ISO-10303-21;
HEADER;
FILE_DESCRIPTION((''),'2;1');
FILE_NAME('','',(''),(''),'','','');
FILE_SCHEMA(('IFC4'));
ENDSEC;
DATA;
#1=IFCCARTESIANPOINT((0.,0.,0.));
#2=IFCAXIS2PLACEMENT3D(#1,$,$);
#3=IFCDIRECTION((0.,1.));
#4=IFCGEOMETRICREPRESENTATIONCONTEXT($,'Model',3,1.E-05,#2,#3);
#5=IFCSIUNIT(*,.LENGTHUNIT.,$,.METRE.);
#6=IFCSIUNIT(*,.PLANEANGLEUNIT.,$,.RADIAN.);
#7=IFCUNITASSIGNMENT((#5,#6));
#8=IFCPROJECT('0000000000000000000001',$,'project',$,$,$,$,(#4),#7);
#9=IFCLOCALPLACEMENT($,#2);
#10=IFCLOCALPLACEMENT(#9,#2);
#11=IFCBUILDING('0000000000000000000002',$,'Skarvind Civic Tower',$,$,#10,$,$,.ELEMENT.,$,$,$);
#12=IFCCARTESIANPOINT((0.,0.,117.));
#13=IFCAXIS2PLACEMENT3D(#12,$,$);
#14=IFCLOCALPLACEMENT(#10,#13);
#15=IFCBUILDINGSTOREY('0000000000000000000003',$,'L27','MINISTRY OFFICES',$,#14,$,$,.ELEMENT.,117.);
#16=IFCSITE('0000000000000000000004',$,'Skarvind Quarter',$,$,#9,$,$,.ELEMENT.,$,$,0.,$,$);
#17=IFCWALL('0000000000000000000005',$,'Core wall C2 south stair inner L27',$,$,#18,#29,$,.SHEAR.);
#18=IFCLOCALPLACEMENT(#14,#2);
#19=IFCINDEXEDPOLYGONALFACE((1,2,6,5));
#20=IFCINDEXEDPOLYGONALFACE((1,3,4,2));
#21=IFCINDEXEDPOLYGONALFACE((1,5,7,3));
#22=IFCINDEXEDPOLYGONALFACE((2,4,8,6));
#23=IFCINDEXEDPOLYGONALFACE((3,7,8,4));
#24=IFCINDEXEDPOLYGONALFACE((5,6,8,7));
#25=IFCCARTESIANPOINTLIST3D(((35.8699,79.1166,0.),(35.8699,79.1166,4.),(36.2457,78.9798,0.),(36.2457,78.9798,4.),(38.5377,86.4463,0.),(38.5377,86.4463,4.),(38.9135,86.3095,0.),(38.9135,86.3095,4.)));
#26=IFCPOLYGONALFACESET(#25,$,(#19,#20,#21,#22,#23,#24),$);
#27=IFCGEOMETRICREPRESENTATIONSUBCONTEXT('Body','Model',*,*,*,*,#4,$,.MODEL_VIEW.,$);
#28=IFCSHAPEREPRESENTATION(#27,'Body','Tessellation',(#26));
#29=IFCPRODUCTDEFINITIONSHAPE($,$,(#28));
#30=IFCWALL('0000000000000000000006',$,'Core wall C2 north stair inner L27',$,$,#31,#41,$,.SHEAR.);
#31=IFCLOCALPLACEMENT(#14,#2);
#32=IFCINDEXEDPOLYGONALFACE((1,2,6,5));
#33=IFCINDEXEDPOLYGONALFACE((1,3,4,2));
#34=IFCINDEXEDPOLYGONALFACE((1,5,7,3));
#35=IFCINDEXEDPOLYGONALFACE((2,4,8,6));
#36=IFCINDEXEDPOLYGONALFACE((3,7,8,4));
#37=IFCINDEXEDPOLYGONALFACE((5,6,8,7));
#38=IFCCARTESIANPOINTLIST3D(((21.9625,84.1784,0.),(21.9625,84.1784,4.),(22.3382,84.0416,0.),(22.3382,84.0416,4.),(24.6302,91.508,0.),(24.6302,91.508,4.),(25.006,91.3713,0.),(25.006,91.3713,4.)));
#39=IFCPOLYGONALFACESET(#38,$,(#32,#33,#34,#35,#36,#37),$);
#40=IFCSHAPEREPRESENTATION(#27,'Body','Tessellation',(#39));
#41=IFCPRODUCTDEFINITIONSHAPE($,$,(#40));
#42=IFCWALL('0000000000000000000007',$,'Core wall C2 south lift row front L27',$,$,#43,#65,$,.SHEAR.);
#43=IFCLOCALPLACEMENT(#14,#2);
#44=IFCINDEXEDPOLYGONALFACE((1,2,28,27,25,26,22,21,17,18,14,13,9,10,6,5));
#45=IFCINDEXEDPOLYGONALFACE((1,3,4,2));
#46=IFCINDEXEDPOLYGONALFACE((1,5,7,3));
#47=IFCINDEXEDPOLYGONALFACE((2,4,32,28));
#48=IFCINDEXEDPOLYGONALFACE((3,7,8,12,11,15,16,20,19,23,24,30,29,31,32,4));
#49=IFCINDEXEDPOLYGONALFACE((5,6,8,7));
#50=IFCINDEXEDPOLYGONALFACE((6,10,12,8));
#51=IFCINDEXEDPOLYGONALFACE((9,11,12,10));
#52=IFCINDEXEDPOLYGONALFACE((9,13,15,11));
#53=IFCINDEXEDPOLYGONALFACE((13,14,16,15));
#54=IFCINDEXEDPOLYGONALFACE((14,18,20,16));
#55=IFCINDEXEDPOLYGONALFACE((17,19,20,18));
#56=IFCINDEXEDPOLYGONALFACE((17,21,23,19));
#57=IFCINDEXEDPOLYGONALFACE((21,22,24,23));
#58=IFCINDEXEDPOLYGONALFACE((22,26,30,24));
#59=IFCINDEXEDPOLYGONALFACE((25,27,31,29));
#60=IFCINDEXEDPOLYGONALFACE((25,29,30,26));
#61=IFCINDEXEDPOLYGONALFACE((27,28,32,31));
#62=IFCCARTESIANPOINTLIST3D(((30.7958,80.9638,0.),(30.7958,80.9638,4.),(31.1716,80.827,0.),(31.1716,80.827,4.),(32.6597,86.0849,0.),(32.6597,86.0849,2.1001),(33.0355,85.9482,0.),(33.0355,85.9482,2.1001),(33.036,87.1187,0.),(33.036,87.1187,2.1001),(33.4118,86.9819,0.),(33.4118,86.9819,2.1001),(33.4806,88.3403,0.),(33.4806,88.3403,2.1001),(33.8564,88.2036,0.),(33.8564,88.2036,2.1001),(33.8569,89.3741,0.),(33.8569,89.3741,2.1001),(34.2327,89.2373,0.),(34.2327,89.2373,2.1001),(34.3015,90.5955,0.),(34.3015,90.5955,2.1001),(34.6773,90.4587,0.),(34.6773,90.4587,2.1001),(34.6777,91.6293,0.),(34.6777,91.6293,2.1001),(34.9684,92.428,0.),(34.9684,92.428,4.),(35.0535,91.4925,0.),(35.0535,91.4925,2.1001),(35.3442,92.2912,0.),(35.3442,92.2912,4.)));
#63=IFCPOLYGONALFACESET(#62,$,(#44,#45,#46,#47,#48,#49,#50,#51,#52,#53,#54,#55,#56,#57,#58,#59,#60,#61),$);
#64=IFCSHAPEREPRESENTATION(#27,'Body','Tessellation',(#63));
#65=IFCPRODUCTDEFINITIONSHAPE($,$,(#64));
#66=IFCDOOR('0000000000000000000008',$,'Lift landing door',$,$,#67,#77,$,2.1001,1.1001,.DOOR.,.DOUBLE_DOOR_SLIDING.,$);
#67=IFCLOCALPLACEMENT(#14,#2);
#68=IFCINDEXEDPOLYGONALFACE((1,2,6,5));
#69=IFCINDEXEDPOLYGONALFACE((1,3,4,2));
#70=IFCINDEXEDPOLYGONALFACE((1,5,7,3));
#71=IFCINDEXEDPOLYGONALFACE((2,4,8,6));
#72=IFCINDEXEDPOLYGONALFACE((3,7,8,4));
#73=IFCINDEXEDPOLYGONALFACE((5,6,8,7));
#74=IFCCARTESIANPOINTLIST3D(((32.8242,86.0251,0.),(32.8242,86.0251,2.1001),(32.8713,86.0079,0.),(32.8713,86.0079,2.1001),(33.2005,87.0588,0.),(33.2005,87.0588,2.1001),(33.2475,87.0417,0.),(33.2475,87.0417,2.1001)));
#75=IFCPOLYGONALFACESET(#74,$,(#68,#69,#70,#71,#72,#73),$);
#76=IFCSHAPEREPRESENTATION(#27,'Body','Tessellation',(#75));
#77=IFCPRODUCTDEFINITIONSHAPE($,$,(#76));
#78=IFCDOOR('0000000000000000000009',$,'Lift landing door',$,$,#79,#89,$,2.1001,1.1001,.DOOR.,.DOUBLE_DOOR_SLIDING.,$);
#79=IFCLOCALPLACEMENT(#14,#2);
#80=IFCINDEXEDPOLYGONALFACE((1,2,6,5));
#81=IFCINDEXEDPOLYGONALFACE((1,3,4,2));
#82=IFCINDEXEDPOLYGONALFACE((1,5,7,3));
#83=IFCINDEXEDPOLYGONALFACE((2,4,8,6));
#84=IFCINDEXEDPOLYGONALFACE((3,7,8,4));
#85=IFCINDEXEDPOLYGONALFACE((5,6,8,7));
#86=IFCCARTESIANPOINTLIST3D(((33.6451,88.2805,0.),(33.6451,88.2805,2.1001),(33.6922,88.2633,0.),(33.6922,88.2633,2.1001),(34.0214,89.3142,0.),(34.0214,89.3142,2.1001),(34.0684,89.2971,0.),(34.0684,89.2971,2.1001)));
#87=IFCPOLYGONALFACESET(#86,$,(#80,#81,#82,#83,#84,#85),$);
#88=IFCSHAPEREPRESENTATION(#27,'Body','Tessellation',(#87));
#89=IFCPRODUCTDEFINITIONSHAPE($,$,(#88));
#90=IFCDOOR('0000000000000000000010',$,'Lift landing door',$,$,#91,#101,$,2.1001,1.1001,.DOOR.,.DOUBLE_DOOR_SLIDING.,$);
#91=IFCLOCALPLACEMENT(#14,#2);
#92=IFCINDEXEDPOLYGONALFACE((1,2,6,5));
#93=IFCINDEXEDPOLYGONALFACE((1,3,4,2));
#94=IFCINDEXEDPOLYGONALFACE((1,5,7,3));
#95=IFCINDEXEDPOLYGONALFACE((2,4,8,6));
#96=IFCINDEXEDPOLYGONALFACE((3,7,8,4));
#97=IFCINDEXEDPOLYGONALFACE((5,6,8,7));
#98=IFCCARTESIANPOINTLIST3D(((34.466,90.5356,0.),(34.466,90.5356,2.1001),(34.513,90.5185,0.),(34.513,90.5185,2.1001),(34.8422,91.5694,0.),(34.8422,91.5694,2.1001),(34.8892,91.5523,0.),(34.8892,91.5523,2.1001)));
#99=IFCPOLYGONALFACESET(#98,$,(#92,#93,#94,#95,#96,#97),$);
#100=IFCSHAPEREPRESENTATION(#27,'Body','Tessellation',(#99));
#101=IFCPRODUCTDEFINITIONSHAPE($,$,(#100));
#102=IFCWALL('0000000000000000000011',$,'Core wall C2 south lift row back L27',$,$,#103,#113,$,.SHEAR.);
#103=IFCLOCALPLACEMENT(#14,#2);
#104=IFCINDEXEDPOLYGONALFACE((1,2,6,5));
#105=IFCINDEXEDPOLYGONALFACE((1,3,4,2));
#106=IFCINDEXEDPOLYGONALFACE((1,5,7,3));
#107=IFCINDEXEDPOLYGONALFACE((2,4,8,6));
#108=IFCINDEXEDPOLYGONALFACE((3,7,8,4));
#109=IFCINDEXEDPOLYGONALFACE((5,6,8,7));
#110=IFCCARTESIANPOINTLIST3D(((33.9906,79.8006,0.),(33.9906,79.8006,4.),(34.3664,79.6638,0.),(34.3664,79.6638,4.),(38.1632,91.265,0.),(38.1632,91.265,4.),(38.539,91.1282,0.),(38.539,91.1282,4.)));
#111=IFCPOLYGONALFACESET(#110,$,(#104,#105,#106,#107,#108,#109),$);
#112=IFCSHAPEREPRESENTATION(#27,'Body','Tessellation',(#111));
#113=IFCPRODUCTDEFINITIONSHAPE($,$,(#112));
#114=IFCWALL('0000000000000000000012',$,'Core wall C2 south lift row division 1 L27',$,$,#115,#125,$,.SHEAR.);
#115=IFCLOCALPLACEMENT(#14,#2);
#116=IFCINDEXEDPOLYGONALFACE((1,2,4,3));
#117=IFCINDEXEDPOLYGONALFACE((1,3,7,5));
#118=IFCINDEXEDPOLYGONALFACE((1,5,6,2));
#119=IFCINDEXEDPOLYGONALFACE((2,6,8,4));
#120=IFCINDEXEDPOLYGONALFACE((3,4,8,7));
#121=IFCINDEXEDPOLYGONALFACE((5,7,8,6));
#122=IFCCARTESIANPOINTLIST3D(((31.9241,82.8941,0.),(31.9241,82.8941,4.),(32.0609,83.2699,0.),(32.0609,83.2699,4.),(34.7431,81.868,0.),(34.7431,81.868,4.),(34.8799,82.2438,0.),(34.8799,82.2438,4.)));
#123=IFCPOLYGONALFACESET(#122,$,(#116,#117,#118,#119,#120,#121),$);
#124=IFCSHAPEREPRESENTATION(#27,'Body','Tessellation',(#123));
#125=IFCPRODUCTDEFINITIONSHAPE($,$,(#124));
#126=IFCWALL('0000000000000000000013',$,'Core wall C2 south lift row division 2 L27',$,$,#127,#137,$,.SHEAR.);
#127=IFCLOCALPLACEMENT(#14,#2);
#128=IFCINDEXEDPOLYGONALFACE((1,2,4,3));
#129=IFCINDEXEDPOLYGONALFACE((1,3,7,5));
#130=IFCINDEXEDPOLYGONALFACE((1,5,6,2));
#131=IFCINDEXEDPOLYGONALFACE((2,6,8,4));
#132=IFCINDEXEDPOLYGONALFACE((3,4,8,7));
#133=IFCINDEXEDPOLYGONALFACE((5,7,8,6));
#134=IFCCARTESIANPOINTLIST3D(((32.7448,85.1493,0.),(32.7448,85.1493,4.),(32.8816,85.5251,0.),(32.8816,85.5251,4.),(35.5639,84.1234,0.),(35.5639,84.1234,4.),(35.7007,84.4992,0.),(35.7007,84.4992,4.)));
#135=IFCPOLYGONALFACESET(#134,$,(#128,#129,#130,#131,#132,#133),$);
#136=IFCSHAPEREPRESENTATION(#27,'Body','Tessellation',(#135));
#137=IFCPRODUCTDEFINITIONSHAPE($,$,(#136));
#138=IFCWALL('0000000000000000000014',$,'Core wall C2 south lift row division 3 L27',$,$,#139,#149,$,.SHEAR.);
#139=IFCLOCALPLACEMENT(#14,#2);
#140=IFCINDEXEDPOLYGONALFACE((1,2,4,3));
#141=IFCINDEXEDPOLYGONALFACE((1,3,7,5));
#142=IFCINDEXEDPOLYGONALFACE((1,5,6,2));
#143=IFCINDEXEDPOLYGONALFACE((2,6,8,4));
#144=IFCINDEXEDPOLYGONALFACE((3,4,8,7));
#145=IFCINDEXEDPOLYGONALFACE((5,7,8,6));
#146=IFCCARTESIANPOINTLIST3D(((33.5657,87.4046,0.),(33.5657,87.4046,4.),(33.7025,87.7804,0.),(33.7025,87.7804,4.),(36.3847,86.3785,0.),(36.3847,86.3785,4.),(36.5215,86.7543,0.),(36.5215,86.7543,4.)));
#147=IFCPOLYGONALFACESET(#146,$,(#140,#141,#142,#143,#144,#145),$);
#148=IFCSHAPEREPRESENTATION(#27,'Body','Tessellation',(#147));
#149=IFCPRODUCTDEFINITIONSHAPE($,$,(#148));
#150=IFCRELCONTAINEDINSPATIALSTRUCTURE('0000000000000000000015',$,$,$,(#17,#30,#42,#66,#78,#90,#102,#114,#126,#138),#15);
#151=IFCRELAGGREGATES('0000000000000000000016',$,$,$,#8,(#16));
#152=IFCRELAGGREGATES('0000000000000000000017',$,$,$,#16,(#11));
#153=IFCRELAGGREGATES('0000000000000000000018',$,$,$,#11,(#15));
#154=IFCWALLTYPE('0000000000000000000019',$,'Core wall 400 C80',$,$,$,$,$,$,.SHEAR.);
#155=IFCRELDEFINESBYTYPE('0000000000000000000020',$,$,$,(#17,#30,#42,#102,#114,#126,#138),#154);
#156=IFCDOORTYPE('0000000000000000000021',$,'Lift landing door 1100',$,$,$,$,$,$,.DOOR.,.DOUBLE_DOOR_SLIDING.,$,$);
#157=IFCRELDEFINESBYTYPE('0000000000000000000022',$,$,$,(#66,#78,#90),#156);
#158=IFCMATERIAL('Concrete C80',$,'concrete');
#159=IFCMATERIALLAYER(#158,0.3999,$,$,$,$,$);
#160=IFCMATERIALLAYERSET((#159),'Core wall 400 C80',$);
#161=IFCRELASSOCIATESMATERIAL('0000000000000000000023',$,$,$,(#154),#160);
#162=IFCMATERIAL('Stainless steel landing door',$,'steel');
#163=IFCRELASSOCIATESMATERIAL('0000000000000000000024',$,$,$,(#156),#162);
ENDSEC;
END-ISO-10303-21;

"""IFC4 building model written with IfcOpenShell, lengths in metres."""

from ifc_helpers import new_model, si_unit, direction, frame, frame_2d, origin, place, context, subcontext, project, spatial, rectangle, extrude, material, layer, layer_set, type_object, element, fill, save


model = new_model("IFC4")

# Units and contexts
model_context = context("Model", 3, precision=1e-05, world=origin(), true_north=direction((0.0, 1.0)))
body_context = subcontext(model_context, "Body", "Model", "MODEL_VIEW")
ifc_project = project(units=[si_unit("LENGTHUNIT", "METRE"), si_unit("PLANEANGLEUNIT", "RADIAN")], contexts=[model_context])

# Site, building, storey
site_placement = place(None, origin())
site = spatial("IfcSite", under=ifc_project, at=site_placement, Name="Skarvind Quarter", CompositionType="ELEMENT", RefElevation=0.0)
building_placement = place(site_placement, origin())
building = spatial("IfcBuilding", under=site, at=building_placement, Name="Skarvind Civic Tower", CompositionType="ELEMENT")
storey_placement = place(building_placement, frame((0.0, 0.0, 117.0)))
storey = spatial("IfcBuildingStorey", under=building, at=storey_placement, Name="L27", Description="MINISTRY OFFICES", CompositionType="ELEMENT", Elevation=117.0)

# Walls
ifc_material_1 = material(Name="Concrete C80", Category="concrete")
ifc_layer_1 = layer(ifc_material_1, 0.3999)
ifc_layer_set_1 = layer_set([ifc_layer_1], Name="Core wall 400 C80")
wall_type_1 = type_object("IfcWallType", Name="Core wall 400 C80", PredefinedType="SHEAR", material=ifc_layer_set_1)
for number, where, z_axis, x_axis, name in (
    (1, (36.0579, 79.0483, 0.0), (0.0, 0.0, 1.0), (0.342017, 0.939694, 0.0), "Core wall C2 south stair inner L27"),
    (2, (22.1504, 84.1101, 0.0), (0.0, 0.0, 1.0), (0.342017, 0.939694, 0.0), "Core wall C2 north stair inner L27"),
):
    element("IfcWall", number, at=place(storey_placement, frame(where, z_axis=z_axis, x_axis=x_axis)), inside=storey, type_object=wall_type_1, Name=name, PredefinedType="SHEAR", context=body_context, shape_type="SweptSolid", body=[
        extrude(rectangle(XDim=7.8, YDim=0.3999, at=frame_2d((3.8999, 0.0))), origin(), (0.0, 0.0, 1.0), 4.0),
    ])

# Wall, openings, doors
wall_1_placement = place(storey_placement, frame((30.9836, 80.8953, 0.0), z_axis=(0.0, 0.0, 1.0), x_axis=(0.342021, 0.939692, 0.0)))
wall_1 = element("IfcWall", 3, at=wall_1_placement, inside=storey, type_object=wall_type_1, Name="Core wall C2 south lift row front L27", PredefinedType="SHEAR", context=body_context, shape_type="SweptSolid", body=[
    extrude(rectangle(XDim=12.2, YDim=0.3999, at=frame_2d((6.1001, 0.0))), origin(), (0.0, 0.0, 1.0), 4.0),
])
opening_1_placement = place(wall_1_placement, frame((5.45, 0.0, 0.0)))
opening_1 = element("IfcOpeningElement", 4, at=opening_1_placement, cuts=wall_1, PredefinedType="OPENING", context=body_context, shape_type="SweptSolid", body=[
    extrude(rectangle(XDim=1.1001, YDim=2.1001, at=frame_2d((0.55, 1.05))), frame((0.0, 0.21, 0.0), z_axis=(0.0, -1.0, 0.0), x_axis=(1.0, 0.0, 0.0)), (0.0, 0.0, 1.0), 0.4199),
])
opening_2_placement = place(wall_1_placement, frame((7.8501, 0.0, 0.0)))
opening_2 = element("IfcOpeningElement", 5, at=opening_2_placement, cuts=wall_1, PredefinedType="OPENING", context=body_context, shape_type="SweptSolid", body=[
    extrude(rectangle(XDim=1.1001, YDim=2.1001, at=frame_2d((0.55, 1.05))), frame((0.0, 0.21, 0.0), z_axis=(0.0, -1.0, 0.0), x_axis=(1.0, 0.0, 0.0)), (0.0, 0.0, 1.0), 0.4199),
])
opening_3_placement = place(wall_1_placement, frame((10.25, 0.0, 0.0)))
opening_3 = element("IfcOpeningElement", 6, at=opening_3_placement, cuts=wall_1, PredefinedType="OPENING", context=body_context, shape_type="SweptSolid", body=[
    extrude(rectangle(XDim=1.1001, YDim=2.1001, at=frame_2d((0.55, 1.05))), frame((0.0, 0.21, 0.0), z_axis=(0.0, -1.0, 0.0), x_axis=(1.0, 0.0, 0.0)), (0.0, 0.0, 1.0), 0.4199),
])
ifc_material_2 = material(Name="Stainless steel landing door", Category="steel")
door_type_1 = type_object("IfcDoorType", Name="Lift landing door 1100", OperationType="DOUBLE_DOOR_SLIDING", PredefinedType="DOOR", material=ifc_material_2)
door_1_placement = place(opening_1_placement, origin())
door_1 = element("IfcDoor", 7, at=door_1_placement, inside=storey, type_object=door_type_1, Name="Lift landing door", OperationType="DOUBLE_DOOR_SLIDING", OverallHeight=2.1001, OverallWidth=1.1001, PredefinedType="DOOR", context=body_context, shape_type="SweptSolid", body=[
    extrude(rectangle(XDim=1.1001, YDim=2.1001, at=frame_2d((0.55, 1.05))), frame((0.0, 0.0249, 0.0), z_axis=(0.0, -1.0, 0.0), x_axis=(1.0, 0.0, 0.0)), (0.0, 0.0, 1.0), 0.05),
])
fill(opening_1, door_1)
door_2_placement = place(opening_2_placement, origin())
door_2 = element("IfcDoor", 8, at=door_2_placement, inside=storey, type_object=door_type_1, Name="Lift landing door", OperationType="DOUBLE_DOOR_SLIDING", OverallHeight=2.1001, OverallWidth=1.1001, PredefinedType="DOOR", context=body_context, shape_type="SweptSolid", body=[
    extrude(rectangle(XDim=1.1001, YDim=2.1001, at=frame_2d((0.55, 1.05))), frame((0.0, 0.0249, 0.0), z_axis=(0.0, -1.0, 0.0), x_axis=(1.0, 0.0, 0.0)), (0.0, 0.0, 1.0), 0.05),
])
fill(opening_2, door_2)
door_3_placement = place(opening_3_placement, origin())
door_3 = element("IfcDoor", 9, at=door_3_placement, inside=storey, type_object=door_type_1, Name="Lift landing door", OperationType="DOUBLE_DOOR_SLIDING", OverallHeight=2.1001, OverallWidth=1.1001, PredefinedType="DOOR", context=body_context, shape_type="SweptSolid", body=[
    extrude(rectangle(XDim=1.1001, YDim=2.1001, at=frame_2d((0.55, 1.05))), frame((0.0, 0.0249, 0.0), z_axis=(0.0, -1.0, 0.0), x_axis=(1.0, 0.0, 0.0)), (0.0, 0.0, 1.0), 0.05),
])
fill(opening_3, door_3)

# Walls
wall_2_placement = place(storey_placement, frame((34.1785, 79.7322, 0.0), z_axis=(0.0, 0.0, 1.0), x_axis=(0.342015, 0.939695, 0.0)))
element("IfcWall", 10, at=wall_2_placement, inside=storey, type_object=wall_type_1, Name="Core wall C2 south lift row back L27", PredefinedType="SHEAR", context=body_context, shape_type="SweptSolid", body=[
    extrude(rectangle(XDim=12.2002, YDim=0.3999, at=frame_2d((6.1001, 0.0))), origin(), (0.0, 0.0, 1.0), 4.0),
])
for number, where, z_axis, x_axis, name in (
    (11, (34.8115, 82.0559, 0.0), (0.0, 0.0, 1.0), (-0.939686, 0.342037, 0.0), "Core wall C2 south lift row division 1 L27"),
    (12, (35.6323, 84.3113, 0.0), (0.0, 0.0, 1.0), (-0.939713, 0.341965, 0.0), "Core wall C2 south lift row division 2 L27"),
    (13, (36.4531, 86.5664, 0.0), (0.0, 0.0, 1.0), (-0.939686, 0.342037, 0.0), "Core wall C2 south lift row division 3 L27"),
):
    element("IfcWall", number, at=place(storey_placement, frame(where, z_axis=z_axis, x_axis=x_axis)), inside=storey, type_object=wall_type_1, Name=name, PredefinedType="SHEAR", context=body_context, shape_type="SweptSolid", body=[
        extrude(rectangle(XDim=3.0, YDim=0.3999, at=frame_2d((1.5, 0.0))), origin(), (0.0, 0.0, 1.0), 4.0),
    ])

save(model, "model.ifc")
